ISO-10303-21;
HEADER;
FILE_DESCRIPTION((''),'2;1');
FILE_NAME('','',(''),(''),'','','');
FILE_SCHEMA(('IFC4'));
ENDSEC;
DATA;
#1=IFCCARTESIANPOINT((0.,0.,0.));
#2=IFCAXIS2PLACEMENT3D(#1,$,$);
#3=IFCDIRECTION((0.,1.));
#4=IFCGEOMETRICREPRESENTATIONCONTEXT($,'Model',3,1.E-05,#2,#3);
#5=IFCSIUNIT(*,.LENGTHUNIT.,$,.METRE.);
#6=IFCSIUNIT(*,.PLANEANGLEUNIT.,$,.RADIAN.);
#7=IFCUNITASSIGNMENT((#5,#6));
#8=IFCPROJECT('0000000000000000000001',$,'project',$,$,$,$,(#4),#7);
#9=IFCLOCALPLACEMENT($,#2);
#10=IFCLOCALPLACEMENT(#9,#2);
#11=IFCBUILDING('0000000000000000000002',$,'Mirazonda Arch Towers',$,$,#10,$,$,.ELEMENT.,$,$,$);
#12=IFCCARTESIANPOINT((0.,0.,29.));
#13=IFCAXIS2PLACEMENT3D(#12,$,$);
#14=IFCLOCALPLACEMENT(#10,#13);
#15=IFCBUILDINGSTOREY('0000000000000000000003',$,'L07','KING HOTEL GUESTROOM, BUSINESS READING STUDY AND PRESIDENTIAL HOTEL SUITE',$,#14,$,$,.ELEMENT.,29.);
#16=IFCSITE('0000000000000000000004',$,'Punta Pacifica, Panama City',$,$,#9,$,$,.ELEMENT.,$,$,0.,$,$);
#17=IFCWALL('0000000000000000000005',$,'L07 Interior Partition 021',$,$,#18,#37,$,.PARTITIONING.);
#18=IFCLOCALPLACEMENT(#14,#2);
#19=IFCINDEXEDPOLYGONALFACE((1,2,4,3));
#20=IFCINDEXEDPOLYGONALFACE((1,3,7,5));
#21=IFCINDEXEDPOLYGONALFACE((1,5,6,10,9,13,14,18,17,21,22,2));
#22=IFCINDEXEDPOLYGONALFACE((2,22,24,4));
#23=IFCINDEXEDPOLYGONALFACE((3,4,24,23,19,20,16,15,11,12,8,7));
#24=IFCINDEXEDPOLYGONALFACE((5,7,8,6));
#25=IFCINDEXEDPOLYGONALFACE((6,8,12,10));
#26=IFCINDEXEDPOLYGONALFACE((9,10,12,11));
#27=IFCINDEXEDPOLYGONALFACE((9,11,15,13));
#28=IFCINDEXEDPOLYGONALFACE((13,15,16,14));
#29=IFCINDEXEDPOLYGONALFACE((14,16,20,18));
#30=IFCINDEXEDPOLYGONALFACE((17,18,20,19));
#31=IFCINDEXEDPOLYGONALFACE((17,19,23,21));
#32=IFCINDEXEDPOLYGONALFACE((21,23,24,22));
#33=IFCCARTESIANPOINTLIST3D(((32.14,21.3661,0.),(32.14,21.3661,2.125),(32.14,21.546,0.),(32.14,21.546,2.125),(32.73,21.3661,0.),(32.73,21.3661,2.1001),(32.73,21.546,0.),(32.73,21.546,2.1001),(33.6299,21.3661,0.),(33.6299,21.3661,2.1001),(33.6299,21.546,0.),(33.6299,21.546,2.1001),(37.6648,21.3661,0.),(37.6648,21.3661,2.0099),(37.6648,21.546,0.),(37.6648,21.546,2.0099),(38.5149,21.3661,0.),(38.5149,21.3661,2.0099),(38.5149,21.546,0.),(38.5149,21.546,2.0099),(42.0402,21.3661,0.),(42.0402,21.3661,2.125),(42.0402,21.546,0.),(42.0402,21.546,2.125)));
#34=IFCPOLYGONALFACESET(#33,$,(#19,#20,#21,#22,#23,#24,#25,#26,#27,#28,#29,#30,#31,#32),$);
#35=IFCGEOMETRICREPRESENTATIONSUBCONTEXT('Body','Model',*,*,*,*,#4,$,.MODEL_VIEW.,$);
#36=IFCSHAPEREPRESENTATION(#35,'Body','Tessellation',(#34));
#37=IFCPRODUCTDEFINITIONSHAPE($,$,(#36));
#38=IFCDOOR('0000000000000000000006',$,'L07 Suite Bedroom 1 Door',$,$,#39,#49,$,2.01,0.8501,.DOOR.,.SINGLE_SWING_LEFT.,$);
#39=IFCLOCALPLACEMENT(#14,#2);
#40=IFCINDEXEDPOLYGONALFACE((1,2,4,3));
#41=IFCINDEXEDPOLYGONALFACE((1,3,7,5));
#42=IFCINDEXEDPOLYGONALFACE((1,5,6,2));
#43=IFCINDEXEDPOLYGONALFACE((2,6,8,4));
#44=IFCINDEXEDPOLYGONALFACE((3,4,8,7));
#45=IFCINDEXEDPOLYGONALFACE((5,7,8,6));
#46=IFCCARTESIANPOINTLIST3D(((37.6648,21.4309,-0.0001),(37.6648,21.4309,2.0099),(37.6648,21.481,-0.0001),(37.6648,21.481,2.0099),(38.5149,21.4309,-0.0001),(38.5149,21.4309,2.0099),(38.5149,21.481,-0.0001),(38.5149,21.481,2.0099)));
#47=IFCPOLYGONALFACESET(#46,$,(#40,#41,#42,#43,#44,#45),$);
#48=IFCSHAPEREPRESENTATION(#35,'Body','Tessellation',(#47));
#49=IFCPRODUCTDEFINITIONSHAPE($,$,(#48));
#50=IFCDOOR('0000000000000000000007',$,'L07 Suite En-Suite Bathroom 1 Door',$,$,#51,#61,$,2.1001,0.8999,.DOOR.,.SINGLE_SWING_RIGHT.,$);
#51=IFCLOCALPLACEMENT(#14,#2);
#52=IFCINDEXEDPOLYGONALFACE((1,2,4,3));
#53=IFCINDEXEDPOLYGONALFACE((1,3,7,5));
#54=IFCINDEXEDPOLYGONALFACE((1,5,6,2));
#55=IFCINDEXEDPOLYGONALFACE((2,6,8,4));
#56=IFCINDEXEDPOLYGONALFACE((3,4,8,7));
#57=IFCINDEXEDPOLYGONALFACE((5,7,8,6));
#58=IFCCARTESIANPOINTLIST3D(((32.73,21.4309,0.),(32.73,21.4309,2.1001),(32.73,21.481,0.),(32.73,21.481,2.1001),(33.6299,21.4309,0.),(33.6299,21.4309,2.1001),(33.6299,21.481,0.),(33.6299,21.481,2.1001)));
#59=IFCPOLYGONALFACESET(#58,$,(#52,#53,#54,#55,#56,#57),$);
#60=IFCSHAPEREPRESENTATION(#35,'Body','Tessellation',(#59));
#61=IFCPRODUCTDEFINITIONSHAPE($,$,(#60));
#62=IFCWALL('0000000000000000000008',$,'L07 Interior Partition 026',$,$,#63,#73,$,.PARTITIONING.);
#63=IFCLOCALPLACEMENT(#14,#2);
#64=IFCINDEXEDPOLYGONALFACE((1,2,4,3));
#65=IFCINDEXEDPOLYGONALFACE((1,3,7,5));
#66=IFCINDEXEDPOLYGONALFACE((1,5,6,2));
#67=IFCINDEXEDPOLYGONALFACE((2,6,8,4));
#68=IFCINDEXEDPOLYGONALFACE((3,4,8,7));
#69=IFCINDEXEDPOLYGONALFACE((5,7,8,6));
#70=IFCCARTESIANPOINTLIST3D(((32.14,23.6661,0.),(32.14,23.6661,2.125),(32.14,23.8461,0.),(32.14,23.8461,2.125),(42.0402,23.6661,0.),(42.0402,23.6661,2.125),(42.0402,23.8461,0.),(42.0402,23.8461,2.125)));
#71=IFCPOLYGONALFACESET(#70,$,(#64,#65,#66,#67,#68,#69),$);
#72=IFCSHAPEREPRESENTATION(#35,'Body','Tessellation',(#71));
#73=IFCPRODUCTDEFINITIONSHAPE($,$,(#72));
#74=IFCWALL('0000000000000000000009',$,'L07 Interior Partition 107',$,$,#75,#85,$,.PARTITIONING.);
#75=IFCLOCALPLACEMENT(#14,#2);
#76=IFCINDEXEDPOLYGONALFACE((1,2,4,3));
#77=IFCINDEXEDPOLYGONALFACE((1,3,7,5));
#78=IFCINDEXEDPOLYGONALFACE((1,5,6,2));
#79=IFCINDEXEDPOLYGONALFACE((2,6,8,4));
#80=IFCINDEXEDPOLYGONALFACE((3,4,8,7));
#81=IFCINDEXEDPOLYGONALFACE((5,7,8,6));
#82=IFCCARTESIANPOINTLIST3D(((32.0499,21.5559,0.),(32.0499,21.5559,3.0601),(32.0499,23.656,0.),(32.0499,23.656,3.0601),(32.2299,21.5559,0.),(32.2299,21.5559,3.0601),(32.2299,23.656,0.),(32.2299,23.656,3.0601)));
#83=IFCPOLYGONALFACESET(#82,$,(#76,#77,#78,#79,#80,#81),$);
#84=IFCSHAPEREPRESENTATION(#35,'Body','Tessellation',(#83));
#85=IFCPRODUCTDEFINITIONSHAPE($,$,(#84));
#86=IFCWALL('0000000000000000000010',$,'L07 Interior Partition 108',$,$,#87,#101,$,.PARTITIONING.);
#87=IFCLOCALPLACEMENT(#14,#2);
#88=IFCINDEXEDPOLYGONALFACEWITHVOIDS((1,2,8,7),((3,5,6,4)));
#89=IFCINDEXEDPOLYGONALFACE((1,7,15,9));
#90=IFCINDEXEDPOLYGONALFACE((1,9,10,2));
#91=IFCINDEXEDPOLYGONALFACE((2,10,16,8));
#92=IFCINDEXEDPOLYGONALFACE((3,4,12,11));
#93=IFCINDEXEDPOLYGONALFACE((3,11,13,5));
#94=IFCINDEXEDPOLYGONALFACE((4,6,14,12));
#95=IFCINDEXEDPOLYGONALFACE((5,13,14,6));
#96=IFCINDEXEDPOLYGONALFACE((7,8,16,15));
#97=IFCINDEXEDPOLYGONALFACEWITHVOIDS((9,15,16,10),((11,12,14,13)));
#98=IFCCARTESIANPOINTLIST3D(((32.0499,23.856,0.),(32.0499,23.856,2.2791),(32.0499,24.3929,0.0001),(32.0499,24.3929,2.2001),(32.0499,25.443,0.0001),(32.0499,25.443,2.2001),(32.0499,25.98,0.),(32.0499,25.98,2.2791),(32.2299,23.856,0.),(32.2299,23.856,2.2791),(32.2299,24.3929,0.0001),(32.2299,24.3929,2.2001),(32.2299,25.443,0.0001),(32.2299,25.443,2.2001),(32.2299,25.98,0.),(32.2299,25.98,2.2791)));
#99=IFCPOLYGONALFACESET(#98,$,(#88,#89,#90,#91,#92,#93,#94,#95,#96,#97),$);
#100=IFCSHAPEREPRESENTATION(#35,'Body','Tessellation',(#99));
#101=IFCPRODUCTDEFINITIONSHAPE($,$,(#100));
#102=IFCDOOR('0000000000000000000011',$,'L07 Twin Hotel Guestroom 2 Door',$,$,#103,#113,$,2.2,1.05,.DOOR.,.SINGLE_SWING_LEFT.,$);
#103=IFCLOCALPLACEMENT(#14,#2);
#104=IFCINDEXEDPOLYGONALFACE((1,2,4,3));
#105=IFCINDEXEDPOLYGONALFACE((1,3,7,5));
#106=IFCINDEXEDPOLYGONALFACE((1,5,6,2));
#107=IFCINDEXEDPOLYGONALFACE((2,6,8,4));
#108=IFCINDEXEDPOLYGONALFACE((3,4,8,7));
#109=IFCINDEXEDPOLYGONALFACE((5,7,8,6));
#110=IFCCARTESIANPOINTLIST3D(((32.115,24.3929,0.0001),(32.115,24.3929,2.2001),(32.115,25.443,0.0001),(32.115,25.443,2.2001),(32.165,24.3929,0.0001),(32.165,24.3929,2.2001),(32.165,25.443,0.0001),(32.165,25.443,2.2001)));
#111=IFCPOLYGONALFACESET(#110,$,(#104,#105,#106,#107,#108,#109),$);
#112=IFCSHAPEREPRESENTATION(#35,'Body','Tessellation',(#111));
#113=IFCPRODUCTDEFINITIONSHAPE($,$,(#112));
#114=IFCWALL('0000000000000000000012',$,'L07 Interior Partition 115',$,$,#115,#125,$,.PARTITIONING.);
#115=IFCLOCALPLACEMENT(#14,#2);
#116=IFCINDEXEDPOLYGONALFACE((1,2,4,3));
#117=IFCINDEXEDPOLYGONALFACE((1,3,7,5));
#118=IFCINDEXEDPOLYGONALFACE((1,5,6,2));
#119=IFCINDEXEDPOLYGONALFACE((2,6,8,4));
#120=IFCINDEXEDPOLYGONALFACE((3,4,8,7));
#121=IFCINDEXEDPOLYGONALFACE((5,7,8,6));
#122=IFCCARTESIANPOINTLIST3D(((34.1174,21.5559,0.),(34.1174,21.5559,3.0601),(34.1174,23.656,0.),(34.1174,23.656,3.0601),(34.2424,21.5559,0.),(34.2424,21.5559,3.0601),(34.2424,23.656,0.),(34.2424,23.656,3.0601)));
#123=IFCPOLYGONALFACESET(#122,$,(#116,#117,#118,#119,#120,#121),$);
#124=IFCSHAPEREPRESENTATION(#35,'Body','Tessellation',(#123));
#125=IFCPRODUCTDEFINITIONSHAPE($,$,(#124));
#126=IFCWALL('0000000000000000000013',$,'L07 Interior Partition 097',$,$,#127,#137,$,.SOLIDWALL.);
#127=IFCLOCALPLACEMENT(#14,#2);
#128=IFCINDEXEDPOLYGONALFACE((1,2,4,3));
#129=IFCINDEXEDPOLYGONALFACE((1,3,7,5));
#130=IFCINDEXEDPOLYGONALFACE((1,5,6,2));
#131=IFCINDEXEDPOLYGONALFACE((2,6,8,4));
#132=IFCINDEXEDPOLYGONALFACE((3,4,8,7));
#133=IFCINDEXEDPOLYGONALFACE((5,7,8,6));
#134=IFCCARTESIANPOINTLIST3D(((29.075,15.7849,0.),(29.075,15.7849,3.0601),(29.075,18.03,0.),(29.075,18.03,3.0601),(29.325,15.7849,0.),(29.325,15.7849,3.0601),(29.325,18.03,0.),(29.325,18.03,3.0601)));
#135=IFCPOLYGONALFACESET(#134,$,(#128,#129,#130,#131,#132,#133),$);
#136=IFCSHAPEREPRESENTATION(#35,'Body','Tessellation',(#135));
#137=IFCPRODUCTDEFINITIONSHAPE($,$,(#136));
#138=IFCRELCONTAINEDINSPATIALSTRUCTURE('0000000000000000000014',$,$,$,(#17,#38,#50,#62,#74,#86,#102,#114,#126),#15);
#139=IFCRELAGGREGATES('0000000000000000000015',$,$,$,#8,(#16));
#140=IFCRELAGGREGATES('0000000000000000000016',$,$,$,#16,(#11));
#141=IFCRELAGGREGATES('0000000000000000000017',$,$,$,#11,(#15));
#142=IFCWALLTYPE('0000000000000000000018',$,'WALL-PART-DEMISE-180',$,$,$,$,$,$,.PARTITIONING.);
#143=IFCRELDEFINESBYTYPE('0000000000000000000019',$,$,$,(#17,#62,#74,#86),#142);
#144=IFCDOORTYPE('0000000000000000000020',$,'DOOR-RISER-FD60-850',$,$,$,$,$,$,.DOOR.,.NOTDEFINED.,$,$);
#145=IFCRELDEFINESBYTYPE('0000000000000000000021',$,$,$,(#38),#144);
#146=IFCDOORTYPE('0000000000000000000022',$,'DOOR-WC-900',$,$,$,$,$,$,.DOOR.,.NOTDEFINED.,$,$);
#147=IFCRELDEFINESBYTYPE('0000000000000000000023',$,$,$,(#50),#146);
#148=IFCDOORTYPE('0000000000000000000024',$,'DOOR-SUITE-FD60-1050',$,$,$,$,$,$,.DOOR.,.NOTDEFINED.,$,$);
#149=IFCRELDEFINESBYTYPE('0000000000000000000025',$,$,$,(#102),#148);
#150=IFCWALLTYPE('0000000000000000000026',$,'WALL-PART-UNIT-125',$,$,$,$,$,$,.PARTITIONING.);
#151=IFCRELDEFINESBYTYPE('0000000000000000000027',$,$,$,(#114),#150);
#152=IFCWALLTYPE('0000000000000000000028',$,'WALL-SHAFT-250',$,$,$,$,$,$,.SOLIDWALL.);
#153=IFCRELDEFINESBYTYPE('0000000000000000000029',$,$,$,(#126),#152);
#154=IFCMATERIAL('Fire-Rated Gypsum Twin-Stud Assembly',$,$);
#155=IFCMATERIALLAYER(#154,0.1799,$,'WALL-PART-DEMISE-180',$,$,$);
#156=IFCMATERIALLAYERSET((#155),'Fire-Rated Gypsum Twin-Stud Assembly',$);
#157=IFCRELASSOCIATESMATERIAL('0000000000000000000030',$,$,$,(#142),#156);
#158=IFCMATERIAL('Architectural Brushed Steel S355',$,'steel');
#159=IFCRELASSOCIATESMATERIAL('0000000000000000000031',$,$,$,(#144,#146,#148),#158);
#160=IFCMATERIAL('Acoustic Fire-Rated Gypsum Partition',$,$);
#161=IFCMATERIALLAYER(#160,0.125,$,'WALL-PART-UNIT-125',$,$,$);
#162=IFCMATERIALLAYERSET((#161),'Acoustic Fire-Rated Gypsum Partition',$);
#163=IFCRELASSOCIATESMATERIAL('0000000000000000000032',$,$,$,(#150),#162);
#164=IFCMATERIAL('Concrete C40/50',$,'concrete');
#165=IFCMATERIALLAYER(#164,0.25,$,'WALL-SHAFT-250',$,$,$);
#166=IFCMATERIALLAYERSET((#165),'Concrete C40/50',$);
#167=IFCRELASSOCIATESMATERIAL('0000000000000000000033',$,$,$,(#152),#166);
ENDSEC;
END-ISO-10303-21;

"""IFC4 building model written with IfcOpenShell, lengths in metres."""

from ifc_helpers import new_model, si_unit, direction, frame, frame_2d, origin, place, context, subcontext, project, spatial, rectangle, extrude, material, layer, layer_set, type_object, element, fill, save


model = new_model("IFC4")

# Units and contexts
model_context = context("Model", 3, precision=1e-05, world=origin(), true_north=direction((0.0, 1.0)))
body_context = subcontext(model_context, "Body", "Model", "MODEL_VIEW")
ifc_project = project(units=[si_unit("LENGTHUNIT", "METRE"), si_unit("PLANEANGLEUNIT", "RADIAN")], contexts=[model_context])

# Site, building, storey
site_placement = place(None, origin())
site = spatial("IfcSite", under=ifc_project, at=site_placement, Name="Punta Pacifica, Panama City", CompositionType="ELEMENT", RefElevation=0.0)
building_placement = place(site_placement, origin())
building = spatial("IfcBuilding", under=site, at=building_placement, Name="Mirazonda Arch Towers", CompositionType="ELEMENT")
storey_placement = place(building_placement, frame((0.0, 0.0, 29.0)))
storey = spatial("IfcBuildingStorey", under=building, at=storey_placement, Name="L07", Description="KING HOTEL GUESTROOM, BUSINESS READING STUDY AND PRESIDENTIAL HOTEL SUITE", CompositionType="ELEMENT", Elevation=29.0)

# Wall, openings, doors
ifc_material_1 = material(Name="Fire-Rated Gypsum Twin-Stud Assembly")
ifc_layer_1 = layer(ifc_material_1, 0.1799, Name="WALL-PART-DEMISE-180")
ifc_layer_set_1 = layer_set([ifc_layer_1], Name="Fire-Rated Gypsum Twin-Stud Assembly")
wall_type_1 = type_object("IfcWallType", Name="WALL-PART-DEMISE-180", PredefinedType="PARTITIONING", material=ifc_layer_set_1)
wall_1_placement = place(storey_placement, frame((32.1399, 21.4561, 0.0), z_axis=(0.0, 0.0, 1.0), x_axis=(1.0, 0.0, 0.0)))
wall_1 = element("IfcWall", 1, at=wall_1_placement, inside=storey, type_object=wall_type_1, Name="L07 Interior Partition 021", PredefinedType="PARTITIONING", context=body_context, shape_type="SweptSolid", body=[
    extrude(rectangle(XDim=9.9001, YDim=0.1799, at=frame_2d((4.9502, 0.0))), origin(), (0.0, 0.0, 1.0), 2.125),
])
opening_1_placement = place(wall_1_placement, frame((5.5249, 0.0, 0.0)))
opening_1 = element("IfcOpeningElement", 2, at=opening_1_placement, cuts=wall_1, PredefinedType="OPENING", context=body_context, shape_type="SweptSolid", body=[
    extrude(rectangle(XDim=0.8501, YDim=2.01, at=frame_2d((0.425, 1.0049))), frame((0.0, 0.0999, 0.0), z_axis=(0.0, -1.0, 0.0), x_axis=(1.0, 0.0, 0.0)), (0.0, 0.0, 1.0), 0.2),
])
opening_2_placement = place(wall_1_placement, frame((0.5901, 0.0, 0.0)))
opening_2 = element("IfcOpeningElement", 3, at=opening_2_placement, cuts=wall_1, PredefinedType="OPENING", context=body_context, shape_type="SweptSolid", body=[
    extrude(rectangle(XDim=0.8999, YDim=2.1001, at=frame_2d((0.45, 1.05))), frame((0.0, 0.0999, 0.0), z_axis=(0.0, -1.0, 0.0), x_axis=(1.0, 0.0, 0.0)), (0.0, 0.0, 1.0), 0.2),
])
ifc_material_2 = material(Name="Architectural Brushed Steel S355", Category="steel")
door_type_1 = type_object("IfcDoorType", Name="DOOR-RISER-FD60-850", OperationType="NOTDEFINED", PredefinedType="DOOR", material=ifc_material_2)
door_1_placement = place(opening_1_placement, origin())
door_1 = element("IfcDoor", 4, at=door_1_placement, inside=storey, type_object=door_type_1, Name="L07 Suite Bedroom 1 Door", OperationType="SINGLE_SWING_LEFT", OverallHeight=2.01, OverallWidth=0.8501, PredefinedType="DOOR", context=body_context, shape_type="SweptSolid", body=[
    extrude(rectangle(XDim=0.8501, YDim=2.01, at=frame_2d((0.425, 1.0049))), frame((0.0, 0.0249, 0.0), z_axis=(0.0, -1.0, 0.0), x_axis=(1.0, 0.0, 0.0)), (0.0, 0.0, 1.0), 0.05),
])
fill(opening_1, door_1)
door_type_2 = type_object("IfcDoorType", Name="DOOR-WC-900", OperationType="NOTDEFINED", PredefinedType="DOOR", material=ifc_material_2)
door_2_placement = place(opening_2_placement, origin())
door_2 = element("IfcDoor", 5, at=door_2_placement, inside=storey, type_object=door_type_2, Name="L07 Suite En-Suite Bathroom 1 Door", OperationType="SINGLE_SWING_RIGHT", OverallHeight=2.1001, OverallWidth=0.8999, PredefinedType="DOOR", context=body_context, shape_type="SweptSolid", body=[
    extrude(rectangle(XDim=0.8999, YDim=2.1001, at=frame_2d((0.45, 1.05))), frame((0.0, 0.0249, 0.0), z_axis=(0.0, -1.0, 0.0), x_axis=(1.0, 0.0, 0.0)), (0.0, 0.0, 1.0), 0.05),
])
fill(opening_2, door_2)

# Walls
wall_2_placement = place(storey_placement, frame((32.1399, 23.7561, 0.0), z_axis=(0.0, 0.0, 1.0), x_axis=(1.0, 0.0, 0.0)))
element("IfcWall", 6, at=wall_2_placement, inside=storey, type_object=wall_type_1, Name="L07 Interior Partition 026", PredefinedType="PARTITIONING", context=body_context, shape_type="SweptSolid", body=[
    extrude(rectangle(XDim=9.9001, YDim=0.1799, at=frame_2d((4.9502, 0.0))), origin(), (0.0, 0.0, 1.0), 2.125),
])
wall_3_placement = place(storey_placement, frame((32.1399, 21.5559, 0.0), z_axis=(0.0, 0.0, 1.0), x_axis=(0.0, 1.0, 0.0)))
element("IfcWall", 7, at=wall_3_placement, inside=storey, type_object=wall_type_1, Name="L07 Interior Partition 107", PredefinedType="PARTITIONING", context=body_context, shape_type="SweptSolid", body=[
    extrude(rectangle(XDim=2.1001, YDim=0.1799, at=frame_2d((1.05, 0.0))), origin(), (0.0, 0.0, 1.0), 3.0601),
])

# Wall, opening, door
wall_4_placement = place(storey_placement, frame((32.1399, 23.856, 0.0), z_axis=(0.0, 0.0, 1.0), x_axis=(0.0, 1.0, 0.0)))
wall_4 = element("IfcWall", 8, at=wall_4_placement, inside=storey, type_object=wall_type_1, Name="L07 Interior Partition 108", PredefinedType="PARTITIONING", context=body_context, shape_type="SweptSolid", body=[
    extrude(rectangle(XDim=2.124, YDim=0.1799, at=frame_2d((1.062, 0.0))), origin(), (0.0, 0.0, 1.0), 2.2791),
])
opening_3_placement = place(wall_4_placement, frame((0.5371, 0.0, 0.0)))
opening_3 = element("IfcOpeningElement", 9, at=opening_3_placement, cuts=wall_4, PredefinedType="OPENING", context=body_context, shape_type="SweptSolid", body=[
    extrude(rectangle(XDim=1.05, YDim=2.2, at=frame_2d((0.5249, 1.1001))), frame((0.0, 0.0999, 0.0), z_axis=(0.0, -1.0, 0.0), x_axis=(1.0, 0.0, 0.0)), (0.0, 0.0, 1.0), 0.2),
])
door_type_3 = type_object("IfcDoorType", Name="DOOR-SUITE-FD60-1050", OperationType="NOTDEFINED", PredefinedType="DOOR", material=ifc_material_2)
door_3_placement = place(opening_3_placement, origin())
door_3 = element("IfcDoor", 10, at=door_3_placement, inside=storey, type_object=door_type_3, Name="L07 Twin Hotel Guestroom 2 Door", OperationType="SINGLE_SWING_LEFT", OverallHeight=2.2, OverallWidth=1.05, PredefinedType="DOOR", context=body_context, shape_type="SweptSolid", body=[
    extrude(rectangle(XDim=1.05, YDim=2.2, at=frame_2d((0.5249, 1.1001))), frame((0.0, 0.0249, 0.0), z_axis=(0.0, -1.0, 0.0), x_axis=(1.0, 0.0, 0.0)), (0.0, 0.0, 1.0), 0.05),
])
fill(opening_3, door_3)

# Walls
ifc_material_3 = material(Name="Acoustic Fire-Rated Gypsum Partition")
ifc_layer_2 = layer(ifc_material_3, 0.125, Name="WALL-PART-UNIT-125")
ifc_layer_set_2 = layer_set([ifc_layer_2], Name="Acoustic Fire-Rated Gypsum Partition")
wall_type_2 = type_object("IfcWallType", Name="WALL-PART-UNIT-125", PredefinedType="PARTITIONING", material=ifc_layer_set_2)
wall_5_placement = place(storey_placement, frame((34.1799, 21.5559, 0.0), z_axis=(0.0, 0.0, 1.0), x_axis=(0.0, 1.0, 0.0)))
element("IfcWall", 11, at=wall_5_placement, inside=storey, type_object=wall_type_2, Name="L07 Interior Partition 115", PredefinedType="PARTITIONING", context=body_context, shape_type="SweptSolid", body=[
    extrude(rectangle(XDim=2.1001, YDim=0.125, at=frame_2d((1.05, 0.0))), origin(), (0.0, 0.0, 1.0), 3.0601),
])
ifc_material_4 = material(Name="Concrete C40/50", Category="concrete")
ifc_layer_3 = layer(ifc_material_4, 0.25, Name="WALL-SHAFT-250")
ifc_layer_set_3 = layer_set([ifc_layer_3], Name="Concrete C40/50")
wall_type_3 = type_object("IfcWallType", Name="WALL-SHAFT-250", PredefinedType="SOLIDWALL", material=ifc_layer_set_3)
wall_6_placement = place(storey_placement, frame((29.2, 15.7849, 0.0), z_axis=(0.0, 0.0, 1.0), x_axis=(0.0, 1.0, 0.0)))
element("IfcWall", 12, at=wall_6_placement, inside=storey, type_object=wall_type_3, Name="L07 Interior Partition 097", PredefinedType="SOLIDWALL", context=body_context, shape_type="SweptSolid", body=[
    extrude(rectangle(XDim=2.2451, YDim=0.25, at=frame_2d((1.1226, 0.0))), origin(), (0.0, 0.0, 1.0), 3.0601),
])

save(model, "model.ifc")
